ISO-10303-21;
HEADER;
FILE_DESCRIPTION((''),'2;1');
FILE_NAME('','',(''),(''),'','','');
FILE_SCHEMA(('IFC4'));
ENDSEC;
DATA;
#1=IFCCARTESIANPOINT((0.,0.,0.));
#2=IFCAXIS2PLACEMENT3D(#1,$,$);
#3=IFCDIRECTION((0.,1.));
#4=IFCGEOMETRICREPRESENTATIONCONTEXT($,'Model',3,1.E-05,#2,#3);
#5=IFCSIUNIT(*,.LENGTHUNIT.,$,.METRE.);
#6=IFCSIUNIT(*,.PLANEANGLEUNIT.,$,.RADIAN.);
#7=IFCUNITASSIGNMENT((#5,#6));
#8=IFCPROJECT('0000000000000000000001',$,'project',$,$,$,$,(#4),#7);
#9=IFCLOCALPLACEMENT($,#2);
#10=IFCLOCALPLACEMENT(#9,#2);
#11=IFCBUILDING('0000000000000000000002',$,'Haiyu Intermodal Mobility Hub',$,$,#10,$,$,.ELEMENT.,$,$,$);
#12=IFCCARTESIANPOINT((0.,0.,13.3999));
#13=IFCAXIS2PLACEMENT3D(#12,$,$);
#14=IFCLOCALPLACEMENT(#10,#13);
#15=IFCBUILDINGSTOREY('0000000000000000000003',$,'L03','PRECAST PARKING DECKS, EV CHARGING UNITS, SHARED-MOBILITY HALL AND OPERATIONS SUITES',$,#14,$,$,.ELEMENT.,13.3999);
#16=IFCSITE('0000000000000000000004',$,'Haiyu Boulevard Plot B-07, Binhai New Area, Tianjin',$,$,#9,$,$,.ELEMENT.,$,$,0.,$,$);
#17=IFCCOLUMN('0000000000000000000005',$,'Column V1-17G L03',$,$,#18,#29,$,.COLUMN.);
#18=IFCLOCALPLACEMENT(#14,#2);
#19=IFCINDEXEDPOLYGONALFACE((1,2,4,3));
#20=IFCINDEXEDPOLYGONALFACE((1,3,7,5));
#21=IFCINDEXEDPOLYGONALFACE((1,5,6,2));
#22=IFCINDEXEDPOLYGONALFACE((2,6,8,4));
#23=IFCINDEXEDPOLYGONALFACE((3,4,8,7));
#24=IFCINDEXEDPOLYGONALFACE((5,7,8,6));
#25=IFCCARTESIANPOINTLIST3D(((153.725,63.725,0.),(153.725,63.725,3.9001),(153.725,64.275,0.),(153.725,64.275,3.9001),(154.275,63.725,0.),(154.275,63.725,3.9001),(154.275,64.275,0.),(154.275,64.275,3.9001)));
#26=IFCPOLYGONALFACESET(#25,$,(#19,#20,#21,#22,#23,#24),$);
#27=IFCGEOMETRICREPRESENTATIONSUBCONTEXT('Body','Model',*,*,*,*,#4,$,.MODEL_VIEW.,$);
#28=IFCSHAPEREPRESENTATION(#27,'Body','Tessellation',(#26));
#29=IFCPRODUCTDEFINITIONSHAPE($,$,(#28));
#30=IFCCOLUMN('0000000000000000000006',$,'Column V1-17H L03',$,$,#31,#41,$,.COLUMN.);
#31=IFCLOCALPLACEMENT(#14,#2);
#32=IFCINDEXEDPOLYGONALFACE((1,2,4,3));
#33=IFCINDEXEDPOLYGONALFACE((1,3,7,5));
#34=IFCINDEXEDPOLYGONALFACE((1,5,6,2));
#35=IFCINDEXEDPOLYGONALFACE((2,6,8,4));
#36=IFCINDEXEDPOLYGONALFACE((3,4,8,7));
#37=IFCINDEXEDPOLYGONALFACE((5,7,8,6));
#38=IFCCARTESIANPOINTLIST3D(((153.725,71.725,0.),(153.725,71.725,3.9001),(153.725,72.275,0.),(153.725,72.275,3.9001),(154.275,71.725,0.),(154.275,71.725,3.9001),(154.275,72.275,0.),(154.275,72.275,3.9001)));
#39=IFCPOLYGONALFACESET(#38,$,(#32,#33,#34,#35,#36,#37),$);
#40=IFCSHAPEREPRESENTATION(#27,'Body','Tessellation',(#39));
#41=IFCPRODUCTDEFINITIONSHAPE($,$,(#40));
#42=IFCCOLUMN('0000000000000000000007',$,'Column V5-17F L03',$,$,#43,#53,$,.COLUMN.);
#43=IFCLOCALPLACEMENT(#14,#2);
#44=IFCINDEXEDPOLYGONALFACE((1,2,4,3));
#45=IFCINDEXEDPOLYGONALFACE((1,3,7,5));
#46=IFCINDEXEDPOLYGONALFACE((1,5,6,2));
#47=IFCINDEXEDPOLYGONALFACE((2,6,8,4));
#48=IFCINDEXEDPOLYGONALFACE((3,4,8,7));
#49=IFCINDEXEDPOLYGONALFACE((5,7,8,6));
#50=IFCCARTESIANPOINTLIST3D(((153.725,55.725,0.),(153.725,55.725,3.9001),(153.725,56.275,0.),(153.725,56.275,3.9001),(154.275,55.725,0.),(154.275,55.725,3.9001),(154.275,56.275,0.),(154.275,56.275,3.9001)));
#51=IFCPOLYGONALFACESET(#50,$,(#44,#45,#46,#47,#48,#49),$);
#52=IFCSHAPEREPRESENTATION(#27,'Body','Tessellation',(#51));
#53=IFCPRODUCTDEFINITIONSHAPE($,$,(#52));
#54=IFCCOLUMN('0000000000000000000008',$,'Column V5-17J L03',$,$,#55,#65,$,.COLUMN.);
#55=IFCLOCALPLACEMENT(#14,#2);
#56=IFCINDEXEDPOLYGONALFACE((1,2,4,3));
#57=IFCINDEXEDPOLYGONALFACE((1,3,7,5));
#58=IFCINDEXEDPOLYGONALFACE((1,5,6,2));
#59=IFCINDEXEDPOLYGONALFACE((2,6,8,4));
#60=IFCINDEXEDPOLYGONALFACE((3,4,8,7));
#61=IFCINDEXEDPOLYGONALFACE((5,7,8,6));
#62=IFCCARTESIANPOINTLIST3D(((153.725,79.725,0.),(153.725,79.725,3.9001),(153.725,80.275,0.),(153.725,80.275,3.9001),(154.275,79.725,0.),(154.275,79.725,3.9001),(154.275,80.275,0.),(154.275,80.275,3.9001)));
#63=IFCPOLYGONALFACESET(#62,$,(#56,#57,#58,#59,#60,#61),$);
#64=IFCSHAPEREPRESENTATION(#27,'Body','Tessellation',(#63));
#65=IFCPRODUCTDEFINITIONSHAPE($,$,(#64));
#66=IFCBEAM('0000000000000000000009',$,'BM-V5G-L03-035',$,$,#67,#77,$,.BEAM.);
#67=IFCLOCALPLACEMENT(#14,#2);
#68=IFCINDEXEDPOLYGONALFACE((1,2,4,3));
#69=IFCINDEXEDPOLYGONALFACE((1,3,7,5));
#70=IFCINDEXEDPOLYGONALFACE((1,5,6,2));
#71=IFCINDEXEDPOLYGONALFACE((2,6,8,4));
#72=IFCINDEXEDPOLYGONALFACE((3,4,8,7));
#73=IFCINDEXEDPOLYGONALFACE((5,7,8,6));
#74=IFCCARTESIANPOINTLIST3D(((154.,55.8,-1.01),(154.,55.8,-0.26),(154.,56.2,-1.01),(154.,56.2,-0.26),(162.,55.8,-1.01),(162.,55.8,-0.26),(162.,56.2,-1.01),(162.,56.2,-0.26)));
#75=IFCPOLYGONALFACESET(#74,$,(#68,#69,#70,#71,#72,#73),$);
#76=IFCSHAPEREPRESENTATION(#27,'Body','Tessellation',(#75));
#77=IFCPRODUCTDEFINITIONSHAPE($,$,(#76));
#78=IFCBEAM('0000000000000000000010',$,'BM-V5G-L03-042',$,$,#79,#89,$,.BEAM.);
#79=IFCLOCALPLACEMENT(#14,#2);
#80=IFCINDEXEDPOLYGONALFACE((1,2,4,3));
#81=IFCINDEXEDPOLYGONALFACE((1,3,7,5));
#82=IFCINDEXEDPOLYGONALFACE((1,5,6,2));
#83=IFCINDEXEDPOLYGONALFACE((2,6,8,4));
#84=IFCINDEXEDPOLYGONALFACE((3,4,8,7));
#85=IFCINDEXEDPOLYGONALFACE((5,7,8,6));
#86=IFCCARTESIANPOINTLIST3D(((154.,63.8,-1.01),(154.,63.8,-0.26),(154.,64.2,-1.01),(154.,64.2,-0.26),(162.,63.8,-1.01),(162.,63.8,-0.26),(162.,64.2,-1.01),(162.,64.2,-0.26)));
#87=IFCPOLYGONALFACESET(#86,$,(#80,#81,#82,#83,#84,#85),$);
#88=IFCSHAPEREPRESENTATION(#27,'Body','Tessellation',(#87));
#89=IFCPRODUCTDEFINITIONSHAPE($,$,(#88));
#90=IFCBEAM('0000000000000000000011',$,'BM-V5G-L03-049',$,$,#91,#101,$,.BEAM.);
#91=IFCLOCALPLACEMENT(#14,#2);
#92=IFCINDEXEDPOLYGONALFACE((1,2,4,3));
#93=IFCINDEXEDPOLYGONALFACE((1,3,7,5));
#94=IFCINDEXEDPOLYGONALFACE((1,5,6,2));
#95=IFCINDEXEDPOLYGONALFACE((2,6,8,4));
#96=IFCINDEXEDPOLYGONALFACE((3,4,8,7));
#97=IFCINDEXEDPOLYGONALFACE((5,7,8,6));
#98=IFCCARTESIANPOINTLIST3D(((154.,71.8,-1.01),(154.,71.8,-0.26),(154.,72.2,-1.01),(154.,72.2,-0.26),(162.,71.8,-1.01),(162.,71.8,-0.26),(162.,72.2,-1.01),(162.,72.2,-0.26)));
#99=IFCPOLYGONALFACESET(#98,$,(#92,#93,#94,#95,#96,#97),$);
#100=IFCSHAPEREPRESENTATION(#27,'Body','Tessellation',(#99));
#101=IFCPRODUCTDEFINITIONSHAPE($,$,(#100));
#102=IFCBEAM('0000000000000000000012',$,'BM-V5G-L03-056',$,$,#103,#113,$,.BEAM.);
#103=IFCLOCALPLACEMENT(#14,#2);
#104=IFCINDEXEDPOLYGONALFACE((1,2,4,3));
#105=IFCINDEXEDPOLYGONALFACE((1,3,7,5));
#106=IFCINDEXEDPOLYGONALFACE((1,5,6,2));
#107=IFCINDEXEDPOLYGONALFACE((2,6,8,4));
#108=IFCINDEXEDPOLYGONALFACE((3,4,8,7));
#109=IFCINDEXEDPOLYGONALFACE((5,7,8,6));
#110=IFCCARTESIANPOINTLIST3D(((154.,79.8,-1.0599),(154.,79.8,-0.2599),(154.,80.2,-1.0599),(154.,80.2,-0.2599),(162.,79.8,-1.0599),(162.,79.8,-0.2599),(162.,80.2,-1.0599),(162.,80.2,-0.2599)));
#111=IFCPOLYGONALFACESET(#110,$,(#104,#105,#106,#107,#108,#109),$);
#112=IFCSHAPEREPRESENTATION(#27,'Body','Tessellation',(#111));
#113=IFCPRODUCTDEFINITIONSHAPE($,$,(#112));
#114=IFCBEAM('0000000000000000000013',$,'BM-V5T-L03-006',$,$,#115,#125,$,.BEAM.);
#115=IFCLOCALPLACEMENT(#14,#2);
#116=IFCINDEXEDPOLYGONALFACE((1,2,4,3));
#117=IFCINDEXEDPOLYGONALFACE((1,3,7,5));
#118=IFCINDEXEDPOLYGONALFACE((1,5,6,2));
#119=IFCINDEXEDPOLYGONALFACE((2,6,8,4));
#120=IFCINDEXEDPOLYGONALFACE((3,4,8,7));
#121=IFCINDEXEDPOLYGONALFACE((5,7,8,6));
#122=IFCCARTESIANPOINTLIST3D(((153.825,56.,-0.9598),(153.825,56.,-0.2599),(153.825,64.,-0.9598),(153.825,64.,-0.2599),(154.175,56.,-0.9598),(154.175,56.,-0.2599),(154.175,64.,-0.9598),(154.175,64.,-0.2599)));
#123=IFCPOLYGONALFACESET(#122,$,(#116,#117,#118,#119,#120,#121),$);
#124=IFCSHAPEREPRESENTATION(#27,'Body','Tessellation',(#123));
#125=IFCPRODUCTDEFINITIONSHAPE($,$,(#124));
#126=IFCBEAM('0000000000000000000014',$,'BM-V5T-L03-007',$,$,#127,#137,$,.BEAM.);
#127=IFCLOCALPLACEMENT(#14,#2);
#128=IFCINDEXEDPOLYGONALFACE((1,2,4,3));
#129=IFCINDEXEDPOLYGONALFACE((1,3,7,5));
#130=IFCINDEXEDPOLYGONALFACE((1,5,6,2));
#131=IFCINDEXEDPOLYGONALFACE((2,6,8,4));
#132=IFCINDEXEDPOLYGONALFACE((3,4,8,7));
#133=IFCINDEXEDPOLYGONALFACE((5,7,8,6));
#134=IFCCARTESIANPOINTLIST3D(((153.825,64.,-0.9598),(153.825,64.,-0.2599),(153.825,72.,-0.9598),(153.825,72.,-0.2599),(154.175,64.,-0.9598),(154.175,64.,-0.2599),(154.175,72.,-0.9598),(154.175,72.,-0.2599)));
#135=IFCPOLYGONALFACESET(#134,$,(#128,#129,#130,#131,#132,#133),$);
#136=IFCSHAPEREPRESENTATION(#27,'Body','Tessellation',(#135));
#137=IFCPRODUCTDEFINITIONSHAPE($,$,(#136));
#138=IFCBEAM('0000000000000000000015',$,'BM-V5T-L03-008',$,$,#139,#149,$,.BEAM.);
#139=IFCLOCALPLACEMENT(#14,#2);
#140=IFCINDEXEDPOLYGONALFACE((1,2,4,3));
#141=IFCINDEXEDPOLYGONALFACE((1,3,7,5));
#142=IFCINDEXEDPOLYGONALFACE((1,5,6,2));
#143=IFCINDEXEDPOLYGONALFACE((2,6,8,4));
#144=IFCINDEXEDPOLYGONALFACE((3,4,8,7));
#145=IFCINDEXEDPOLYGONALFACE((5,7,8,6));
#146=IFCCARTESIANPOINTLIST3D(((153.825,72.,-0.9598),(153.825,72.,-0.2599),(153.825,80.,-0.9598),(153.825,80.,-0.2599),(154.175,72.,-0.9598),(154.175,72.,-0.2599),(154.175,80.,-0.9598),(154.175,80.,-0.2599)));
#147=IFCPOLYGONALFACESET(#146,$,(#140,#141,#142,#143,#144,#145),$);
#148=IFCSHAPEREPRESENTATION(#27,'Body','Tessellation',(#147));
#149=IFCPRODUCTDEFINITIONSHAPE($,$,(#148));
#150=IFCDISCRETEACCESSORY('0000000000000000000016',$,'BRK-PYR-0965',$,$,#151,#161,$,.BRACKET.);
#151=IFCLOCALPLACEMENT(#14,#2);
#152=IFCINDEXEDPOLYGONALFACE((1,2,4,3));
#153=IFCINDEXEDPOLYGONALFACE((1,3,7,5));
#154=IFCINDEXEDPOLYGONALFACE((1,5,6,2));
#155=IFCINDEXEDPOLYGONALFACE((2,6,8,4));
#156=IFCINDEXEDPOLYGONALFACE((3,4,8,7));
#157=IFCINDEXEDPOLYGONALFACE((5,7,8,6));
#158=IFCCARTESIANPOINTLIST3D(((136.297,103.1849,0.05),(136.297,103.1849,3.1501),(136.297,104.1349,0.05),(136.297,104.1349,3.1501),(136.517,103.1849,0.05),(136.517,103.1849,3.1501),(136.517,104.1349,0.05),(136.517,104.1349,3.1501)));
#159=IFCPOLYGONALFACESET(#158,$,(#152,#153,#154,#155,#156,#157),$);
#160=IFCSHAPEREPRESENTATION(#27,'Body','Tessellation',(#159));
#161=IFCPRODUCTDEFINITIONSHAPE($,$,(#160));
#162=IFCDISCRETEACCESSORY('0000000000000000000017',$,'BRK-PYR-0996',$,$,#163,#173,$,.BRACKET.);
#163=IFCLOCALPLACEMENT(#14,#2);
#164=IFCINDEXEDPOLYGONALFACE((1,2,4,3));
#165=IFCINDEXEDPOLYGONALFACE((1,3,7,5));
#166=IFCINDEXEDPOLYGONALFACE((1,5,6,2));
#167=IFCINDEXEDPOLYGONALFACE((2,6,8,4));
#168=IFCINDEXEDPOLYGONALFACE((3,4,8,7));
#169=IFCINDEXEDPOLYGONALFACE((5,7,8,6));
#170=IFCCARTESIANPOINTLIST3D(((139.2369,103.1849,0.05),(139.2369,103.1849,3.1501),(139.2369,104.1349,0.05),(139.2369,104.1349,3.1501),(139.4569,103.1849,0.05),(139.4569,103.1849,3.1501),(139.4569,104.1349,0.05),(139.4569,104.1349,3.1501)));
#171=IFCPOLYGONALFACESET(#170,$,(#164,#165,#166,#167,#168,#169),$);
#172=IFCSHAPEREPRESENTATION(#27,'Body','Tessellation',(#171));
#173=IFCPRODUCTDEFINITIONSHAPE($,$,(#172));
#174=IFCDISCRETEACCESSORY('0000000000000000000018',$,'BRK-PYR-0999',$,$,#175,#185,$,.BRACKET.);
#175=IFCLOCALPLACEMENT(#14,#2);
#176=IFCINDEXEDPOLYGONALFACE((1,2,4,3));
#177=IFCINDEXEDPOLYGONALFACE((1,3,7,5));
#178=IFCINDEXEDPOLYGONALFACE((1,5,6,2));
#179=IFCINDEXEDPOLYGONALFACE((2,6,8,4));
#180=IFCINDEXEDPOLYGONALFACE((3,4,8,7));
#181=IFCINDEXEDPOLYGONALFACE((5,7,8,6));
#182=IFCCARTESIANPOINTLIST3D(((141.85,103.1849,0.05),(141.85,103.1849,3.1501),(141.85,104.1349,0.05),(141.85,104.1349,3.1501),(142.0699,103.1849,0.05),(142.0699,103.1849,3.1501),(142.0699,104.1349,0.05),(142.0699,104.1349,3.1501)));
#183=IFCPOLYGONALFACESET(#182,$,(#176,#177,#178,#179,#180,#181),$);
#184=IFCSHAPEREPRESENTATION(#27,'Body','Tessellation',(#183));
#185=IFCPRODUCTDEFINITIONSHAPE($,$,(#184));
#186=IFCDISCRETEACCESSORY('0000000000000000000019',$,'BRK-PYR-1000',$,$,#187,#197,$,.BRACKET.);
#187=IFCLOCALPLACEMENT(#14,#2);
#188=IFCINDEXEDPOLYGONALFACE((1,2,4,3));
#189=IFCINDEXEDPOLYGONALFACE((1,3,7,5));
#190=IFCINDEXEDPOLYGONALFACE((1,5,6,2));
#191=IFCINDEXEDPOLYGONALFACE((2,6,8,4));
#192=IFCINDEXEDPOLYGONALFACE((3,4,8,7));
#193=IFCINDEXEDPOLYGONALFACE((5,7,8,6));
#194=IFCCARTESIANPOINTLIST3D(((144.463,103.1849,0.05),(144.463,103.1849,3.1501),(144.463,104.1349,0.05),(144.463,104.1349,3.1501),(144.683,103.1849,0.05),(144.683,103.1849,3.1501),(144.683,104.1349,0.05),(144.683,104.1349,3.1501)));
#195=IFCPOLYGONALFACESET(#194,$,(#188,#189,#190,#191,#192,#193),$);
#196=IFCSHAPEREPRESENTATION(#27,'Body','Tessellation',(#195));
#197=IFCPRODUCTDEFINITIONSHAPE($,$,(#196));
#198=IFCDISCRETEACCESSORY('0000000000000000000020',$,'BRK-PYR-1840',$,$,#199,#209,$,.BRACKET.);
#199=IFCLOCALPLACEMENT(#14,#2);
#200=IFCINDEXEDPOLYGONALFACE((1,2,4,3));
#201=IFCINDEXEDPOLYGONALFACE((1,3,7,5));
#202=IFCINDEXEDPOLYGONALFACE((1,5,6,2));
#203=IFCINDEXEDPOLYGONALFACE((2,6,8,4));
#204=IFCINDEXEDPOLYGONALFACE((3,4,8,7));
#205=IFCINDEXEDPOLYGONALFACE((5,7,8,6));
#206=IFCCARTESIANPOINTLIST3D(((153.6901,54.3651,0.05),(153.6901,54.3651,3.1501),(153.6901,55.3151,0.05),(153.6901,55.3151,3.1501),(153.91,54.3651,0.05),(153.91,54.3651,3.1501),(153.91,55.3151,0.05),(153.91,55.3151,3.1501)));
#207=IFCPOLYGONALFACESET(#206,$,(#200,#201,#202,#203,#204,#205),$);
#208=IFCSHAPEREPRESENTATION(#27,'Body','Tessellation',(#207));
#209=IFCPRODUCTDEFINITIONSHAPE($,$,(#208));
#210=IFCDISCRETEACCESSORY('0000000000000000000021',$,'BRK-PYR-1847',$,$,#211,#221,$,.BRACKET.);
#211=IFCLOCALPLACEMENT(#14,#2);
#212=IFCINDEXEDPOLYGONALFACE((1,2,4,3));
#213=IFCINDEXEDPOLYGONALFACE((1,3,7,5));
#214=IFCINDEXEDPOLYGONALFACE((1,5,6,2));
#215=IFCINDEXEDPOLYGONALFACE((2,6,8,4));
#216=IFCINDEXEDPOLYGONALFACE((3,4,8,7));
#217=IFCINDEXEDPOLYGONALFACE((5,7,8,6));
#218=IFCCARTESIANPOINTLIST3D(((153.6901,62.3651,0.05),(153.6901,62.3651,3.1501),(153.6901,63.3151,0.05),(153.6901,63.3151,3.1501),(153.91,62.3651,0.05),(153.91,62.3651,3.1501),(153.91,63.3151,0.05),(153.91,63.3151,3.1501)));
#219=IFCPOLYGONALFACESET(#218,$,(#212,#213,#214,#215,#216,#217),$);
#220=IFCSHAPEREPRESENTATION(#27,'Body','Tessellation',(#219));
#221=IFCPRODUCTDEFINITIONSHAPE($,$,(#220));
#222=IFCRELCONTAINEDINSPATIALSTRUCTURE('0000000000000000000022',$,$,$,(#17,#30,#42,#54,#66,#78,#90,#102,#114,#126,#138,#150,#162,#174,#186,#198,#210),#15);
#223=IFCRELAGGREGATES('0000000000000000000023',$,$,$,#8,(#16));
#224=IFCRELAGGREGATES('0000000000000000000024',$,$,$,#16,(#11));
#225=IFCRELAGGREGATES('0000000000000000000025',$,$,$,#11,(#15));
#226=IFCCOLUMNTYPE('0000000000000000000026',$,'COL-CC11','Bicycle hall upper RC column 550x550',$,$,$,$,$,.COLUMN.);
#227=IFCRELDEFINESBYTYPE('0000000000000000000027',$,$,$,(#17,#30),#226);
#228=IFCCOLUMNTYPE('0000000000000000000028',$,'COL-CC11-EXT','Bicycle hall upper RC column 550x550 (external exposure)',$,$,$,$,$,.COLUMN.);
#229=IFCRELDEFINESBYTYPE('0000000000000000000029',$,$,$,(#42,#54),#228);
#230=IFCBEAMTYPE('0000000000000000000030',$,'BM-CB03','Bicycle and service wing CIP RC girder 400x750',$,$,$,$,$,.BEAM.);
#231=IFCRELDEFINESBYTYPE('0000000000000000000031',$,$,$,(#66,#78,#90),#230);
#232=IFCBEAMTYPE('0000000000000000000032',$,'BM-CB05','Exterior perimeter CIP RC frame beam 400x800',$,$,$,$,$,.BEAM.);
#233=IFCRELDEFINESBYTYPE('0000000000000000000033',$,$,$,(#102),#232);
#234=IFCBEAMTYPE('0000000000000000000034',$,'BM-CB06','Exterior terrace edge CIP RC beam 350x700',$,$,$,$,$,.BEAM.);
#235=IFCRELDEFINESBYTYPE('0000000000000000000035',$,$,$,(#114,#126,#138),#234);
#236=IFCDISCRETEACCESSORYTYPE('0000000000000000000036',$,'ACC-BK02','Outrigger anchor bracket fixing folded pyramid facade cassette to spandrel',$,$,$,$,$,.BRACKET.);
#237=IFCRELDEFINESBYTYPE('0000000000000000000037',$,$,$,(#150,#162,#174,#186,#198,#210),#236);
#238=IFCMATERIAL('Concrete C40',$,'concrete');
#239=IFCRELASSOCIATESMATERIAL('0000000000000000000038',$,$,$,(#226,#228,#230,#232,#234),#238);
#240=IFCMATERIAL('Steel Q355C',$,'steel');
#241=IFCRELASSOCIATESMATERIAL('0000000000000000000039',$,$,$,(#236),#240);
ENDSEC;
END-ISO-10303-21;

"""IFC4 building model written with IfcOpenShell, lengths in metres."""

from ifc_helpers import new_model, si_unit, direction, frame, origin, origin_2d, place, context, subcontext, project, spatial, rectangle, extrude, material, material_profile, profile_set, type_object, element, save


model = new_model("IFC4")

# Units and contexts
model_context = context("Model", 3, precision=1e-05, world=origin(), true_north=direction((0.0, 1.0)))
body_context = subcontext(model_context, "Body", "Model", "MODEL_VIEW")
ifc_project = project(units=[si_unit("LENGTHUNIT", "METRE"), si_unit("PLANEANGLEUNIT", "RADIAN")], contexts=[model_context])

# Site, building, storey
site_placement = place(None, origin())
site = spatial("IfcSite", under=ifc_project, at=site_placement, Name="Haiyu Boulevard Plot B-07, Binhai New Area, Tianjin", CompositionType="ELEMENT", RefElevation=0.0)
building_placement = place(site_placement, origin())
building = spatial("IfcBuilding", under=site, at=building_placement, Name="Haiyu Intermodal Mobility Hub", CompositionType="ELEMENT")
storey_placement = place(building_placement, frame((0.0, 0.0, 13.3999)))
storey = spatial("IfcBuildingStorey", under=building, at=storey_placement, Name="L03", Description="PRECAST PARKING DECKS, EV CHARGING UNITS, SHARED-MOBILITY HALL AND OPERATIONS SUITES", CompositionType="ELEMENT", Elevation=13.3999)

# Columns
ifc_material_1 = material(Name="Concrete C40", Category="concrete")
ifc_material_profile_1 = material_profile(ifc_material_1, rectangle(XDim=0.55, YDim=0.55, at=origin_2d()), Name="RC550x550")
ifc_profile_set_1 = profile_set([ifc_material_profile_1], Name="Concrete C40")
column_type_1 = type_object("IfcColumnType", Name="COL-CC11", Description="Bicycle hall upper RC column 550x550", PredefinedType="COLUMN", material=ifc_profile_set_1)
for number, where, z_axis, x_axis, name in (
    (1, (154.0, 64.0, 0.0), (0.0, 0.0, 1.0), (1.0, 0.0, 0.0), "Column V1-17G L03"),
    (2, (154.0, 72.0, 0.0), (0.0, 0.0, 1.0), (1.0, 0.0, 0.0), "Column V1-17H L03"),
):
    element("IfcColumn", number, at=place(storey_placement, frame(where, z_axis=z_axis, x_axis=x_axis)), inside=storey, type_object=column_type_1, Name=name, PredefinedType="COLUMN", context=body_context, shape_type="SweptSolid", body=[
        extrude(rectangle(XDim=0.55, YDim=0.55, at=origin_2d()), origin(), (0.0, 0.0, 1.0), 3.9001),
    ])
ifc_material_profile_2 = material_profile(ifc_material_1, rectangle(XDim=0.55, YDim=0.55, at=origin_2d()), Name="RC550x550")
ifc_profile_set_2 = profile_set([ifc_material_profile_2], Name="Concrete C40")
column_type_2 = type_object("IfcColumnType", Name="COL-CC11-EXT", Description="Bicycle hall upper RC column 550x550 (external exposure)", PredefinedType="COLUMN", material=ifc_profile_set_2)
for number, where, z_axis, x_axis, name in (
    (3, (154.0, 56.0, 0.0), (0.0, 0.0, 1.0), (1.0, 0.0, 0.0), "Column V5-17F L03"),
    (4, (154.0, 80.0, 0.0), (0.0, 0.0, 1.0), (1.0, 0.0, 0.0), "Column V5-17J L03"),
):
    element("IfcColumn", number, at=place(storey_placement, frame(where, z_axis=z_axis, x_axis=x_axis)), inside=storey, type_object=column_type_2, Name=name, PredefinedType="COLUMN", context=body_context, shape_type="SweptSolid", body=[
        extrude(rectangle(XDim=0.55, YDim=0.55, at=origin_2d()), origin(), (0.0, 0.0, 1.0), 3.9001),
    ])

# Beams
ifc_material_profile_3 = material_profile(ifc_material_1, rectangle(XDim=0.3999, YDim=0.75, at=origin_2d()), Name="RCB400x750")
ifc_profile_set_3 = profile_set([ifc_material_profile_3], Name="Concrete C40")
beam_type_1 = type_object("IfcBeamType", Name="BM-CB03", Description="Bicycle and service wing CIP RC girder 400x750", PredefinedType="BEAM", material=ifc_profile_set_3)
for number, where, z_axis, x_axis, name in (
    (5, (154.0, 56.0, -0.635), (1.0, 0.0, 0.0), (0.0, 1.0, 0.0), "BM-V5G-L03-035"),
    (6, (154.0, 64.0, -0.635), (1.0, 0.0, 0.0), (0.0, 1.0, 0.0), "BM-V5G-L03-042"),
    (7, (154.0, 72.0, -0.635), (1.0, 0.0, 0.0), (0.0, 1.0, 0.0), "BM-V5G-L03-049"),
):
    element("IfcBeam", number, at=place(storey_placement, frame(where, z_axis=z_axis, x_axis=x_axis)), inside=storey, type_object=beam_type_1, Name=name, PredefinedType="BEAM", context=body_context, shape_type="SweptSolid", body=[
        extrude(rectangle(XDim=0.3999, YDim=0.75, at=origin_2d()), origin(), (0.0, 0.0, 1.0), 8.0),
    ])
ifc_material_profile_4 = material_profile(ifc_material_1, rectangle(XDim=0.3999, YDim=0.8, at=origin_2d()), Name="RCB400x800")
ifc_profile_set_4 = profile_set([ifc_material_profile_4], Name="Concrete C40")
beam_type_2 = type_object("IfcBeamType", Name="BM-CB05", Description="Exterior perimeter CIP RC frame beam 400x800", PredefinedType="BEAM", material=ifc_profile_set_4)
beam_placement = place(storey_placement, frame((154.0, 80.0, -0.6599), z_axis=(1.0, 0.0, 0.0), x_axis=(0.0, 1.0, 0.0)))
element("IfcBeam", 8, at=beam_placement, inside=storey, type_object=beam_type_2, Name="BM-V5G-L03-056", PredefinedType="BEAM", context=body_context, shape_type="SweptSolid", body=[
    extrude(rectangle(XDim=0.3999, YDim=0.8, at=origin_2d()), origin(), (0.0, 0.0, 1.0), 8.0),
])
ifc_material_profile_5 = material_profile(ifc_material_1, rectangle(XDim=0.3501, YDim=0.7, at=origin_2d()), Name="RCB350x700")
ifc_profile_set_5 = profile_set([ifc_material_profile_5], Name="Concrete C40")
beam_type_3 = type_object("IfcBeamType", Name="BM-CB06", Description="Exterior terrace edge CIP RC beam 350x700", PredefinedType="BEAM", material=ifc_profile_set_5)
for number, where, z_axis, x_axis, name in (
    (9, (154.0, 56.0, -0.6099), (0.0, 1.0, 0.0), (-1.0, 0.0, 0.0), "BM-V5T-L03-006"),
    (10, (154.0, 64.0, -0.6099), (0.0, 1.0, 0.0), (-1.0, 0.0, 0.0), "BM-V5T-L03-007"),
    (11, (154.0, 72.0, -0.6099), (0.0, 1.0, 0.0), (-1.0, 0.0, 0.0), "BM-V5T-L03-008"),
):
    element("IfcBeam", number, at=place(storey_placement, frame(where, z_axis=z_axis, x_axis=x_axis)), inside=storey, type_object=beam_type_3, Name=name, PredefinedType="BEAM", context=body_context, shape_type="SweptSolid", body=[
        extrude(rectangle(XDim=0.3501, YDim=0.7, at=origin_2d()), origin(), (0.0, 0.0, 1.0), 8.0),
    ])

# Discrete accessories
ifc_material_2 = material(Name="Steel Q355C", Category="steel")
discrete_accessory_type = type_object("IfcDiscreteAccessoryType", Name="ACC-BK02", Description="Outrigger anchor bracket fixing folded pyramid facade cassette to spandrel", PredefinedType="BRACKET", material=ifc_material_2)
for number, where, z_axis, x_axis, name in (
    (12, (136.407, 103.6599, 0.05), (0.0, 0.0, 1.0), (1.0, 0.0, 0.0), "BRK-PYR-0965"),
    (13, (139.3469, 103.6599, 0.05), (0.0, 0.0, 1.0), (1.0, 0.0, 0.0), "BRK-PYR-0996"),
    (14, (141.96, 103.6599, 0.05), (0.0, 0.0, 1.0), (1.0, 0.0, 0.0), "BRK-PYR-0999"),
    (15, (144.573, 103.6599, 0.05), (0.0, 0.0, 1.0), (1.0, 0.0, 0.0), "BRK-PYR-1000"),
    (16, (153.8, 54.8401, 0.05), (0.0, 0.0, 1.0), (1.0, 0.0, 0.0), "BRK-PYR-1840"),
    (17, (153.8, 62.8401, 0.05), (0.0, 0.0, 1.0), (1.0, 0.0, 0.0), "BRK-PYR-1847"),
):
    element("IfcDiscreteAccessory", number, at=place(storey_placement, frame(where, z_axis=z_axis, x_axis=x_axis)), inside=storey, type_object=discrete_accessory_type, Name=name, PredefinedType="BRACKET", context=body_context, shape_type="SweptSolid", body=[
        extrude(rectangle(XDim=0.22, YDim=0.95, at=origin_2d()), origin(), (0.0, 0.0, 1.0), 3.1001),
    ])

save(model, "model.ifc")
